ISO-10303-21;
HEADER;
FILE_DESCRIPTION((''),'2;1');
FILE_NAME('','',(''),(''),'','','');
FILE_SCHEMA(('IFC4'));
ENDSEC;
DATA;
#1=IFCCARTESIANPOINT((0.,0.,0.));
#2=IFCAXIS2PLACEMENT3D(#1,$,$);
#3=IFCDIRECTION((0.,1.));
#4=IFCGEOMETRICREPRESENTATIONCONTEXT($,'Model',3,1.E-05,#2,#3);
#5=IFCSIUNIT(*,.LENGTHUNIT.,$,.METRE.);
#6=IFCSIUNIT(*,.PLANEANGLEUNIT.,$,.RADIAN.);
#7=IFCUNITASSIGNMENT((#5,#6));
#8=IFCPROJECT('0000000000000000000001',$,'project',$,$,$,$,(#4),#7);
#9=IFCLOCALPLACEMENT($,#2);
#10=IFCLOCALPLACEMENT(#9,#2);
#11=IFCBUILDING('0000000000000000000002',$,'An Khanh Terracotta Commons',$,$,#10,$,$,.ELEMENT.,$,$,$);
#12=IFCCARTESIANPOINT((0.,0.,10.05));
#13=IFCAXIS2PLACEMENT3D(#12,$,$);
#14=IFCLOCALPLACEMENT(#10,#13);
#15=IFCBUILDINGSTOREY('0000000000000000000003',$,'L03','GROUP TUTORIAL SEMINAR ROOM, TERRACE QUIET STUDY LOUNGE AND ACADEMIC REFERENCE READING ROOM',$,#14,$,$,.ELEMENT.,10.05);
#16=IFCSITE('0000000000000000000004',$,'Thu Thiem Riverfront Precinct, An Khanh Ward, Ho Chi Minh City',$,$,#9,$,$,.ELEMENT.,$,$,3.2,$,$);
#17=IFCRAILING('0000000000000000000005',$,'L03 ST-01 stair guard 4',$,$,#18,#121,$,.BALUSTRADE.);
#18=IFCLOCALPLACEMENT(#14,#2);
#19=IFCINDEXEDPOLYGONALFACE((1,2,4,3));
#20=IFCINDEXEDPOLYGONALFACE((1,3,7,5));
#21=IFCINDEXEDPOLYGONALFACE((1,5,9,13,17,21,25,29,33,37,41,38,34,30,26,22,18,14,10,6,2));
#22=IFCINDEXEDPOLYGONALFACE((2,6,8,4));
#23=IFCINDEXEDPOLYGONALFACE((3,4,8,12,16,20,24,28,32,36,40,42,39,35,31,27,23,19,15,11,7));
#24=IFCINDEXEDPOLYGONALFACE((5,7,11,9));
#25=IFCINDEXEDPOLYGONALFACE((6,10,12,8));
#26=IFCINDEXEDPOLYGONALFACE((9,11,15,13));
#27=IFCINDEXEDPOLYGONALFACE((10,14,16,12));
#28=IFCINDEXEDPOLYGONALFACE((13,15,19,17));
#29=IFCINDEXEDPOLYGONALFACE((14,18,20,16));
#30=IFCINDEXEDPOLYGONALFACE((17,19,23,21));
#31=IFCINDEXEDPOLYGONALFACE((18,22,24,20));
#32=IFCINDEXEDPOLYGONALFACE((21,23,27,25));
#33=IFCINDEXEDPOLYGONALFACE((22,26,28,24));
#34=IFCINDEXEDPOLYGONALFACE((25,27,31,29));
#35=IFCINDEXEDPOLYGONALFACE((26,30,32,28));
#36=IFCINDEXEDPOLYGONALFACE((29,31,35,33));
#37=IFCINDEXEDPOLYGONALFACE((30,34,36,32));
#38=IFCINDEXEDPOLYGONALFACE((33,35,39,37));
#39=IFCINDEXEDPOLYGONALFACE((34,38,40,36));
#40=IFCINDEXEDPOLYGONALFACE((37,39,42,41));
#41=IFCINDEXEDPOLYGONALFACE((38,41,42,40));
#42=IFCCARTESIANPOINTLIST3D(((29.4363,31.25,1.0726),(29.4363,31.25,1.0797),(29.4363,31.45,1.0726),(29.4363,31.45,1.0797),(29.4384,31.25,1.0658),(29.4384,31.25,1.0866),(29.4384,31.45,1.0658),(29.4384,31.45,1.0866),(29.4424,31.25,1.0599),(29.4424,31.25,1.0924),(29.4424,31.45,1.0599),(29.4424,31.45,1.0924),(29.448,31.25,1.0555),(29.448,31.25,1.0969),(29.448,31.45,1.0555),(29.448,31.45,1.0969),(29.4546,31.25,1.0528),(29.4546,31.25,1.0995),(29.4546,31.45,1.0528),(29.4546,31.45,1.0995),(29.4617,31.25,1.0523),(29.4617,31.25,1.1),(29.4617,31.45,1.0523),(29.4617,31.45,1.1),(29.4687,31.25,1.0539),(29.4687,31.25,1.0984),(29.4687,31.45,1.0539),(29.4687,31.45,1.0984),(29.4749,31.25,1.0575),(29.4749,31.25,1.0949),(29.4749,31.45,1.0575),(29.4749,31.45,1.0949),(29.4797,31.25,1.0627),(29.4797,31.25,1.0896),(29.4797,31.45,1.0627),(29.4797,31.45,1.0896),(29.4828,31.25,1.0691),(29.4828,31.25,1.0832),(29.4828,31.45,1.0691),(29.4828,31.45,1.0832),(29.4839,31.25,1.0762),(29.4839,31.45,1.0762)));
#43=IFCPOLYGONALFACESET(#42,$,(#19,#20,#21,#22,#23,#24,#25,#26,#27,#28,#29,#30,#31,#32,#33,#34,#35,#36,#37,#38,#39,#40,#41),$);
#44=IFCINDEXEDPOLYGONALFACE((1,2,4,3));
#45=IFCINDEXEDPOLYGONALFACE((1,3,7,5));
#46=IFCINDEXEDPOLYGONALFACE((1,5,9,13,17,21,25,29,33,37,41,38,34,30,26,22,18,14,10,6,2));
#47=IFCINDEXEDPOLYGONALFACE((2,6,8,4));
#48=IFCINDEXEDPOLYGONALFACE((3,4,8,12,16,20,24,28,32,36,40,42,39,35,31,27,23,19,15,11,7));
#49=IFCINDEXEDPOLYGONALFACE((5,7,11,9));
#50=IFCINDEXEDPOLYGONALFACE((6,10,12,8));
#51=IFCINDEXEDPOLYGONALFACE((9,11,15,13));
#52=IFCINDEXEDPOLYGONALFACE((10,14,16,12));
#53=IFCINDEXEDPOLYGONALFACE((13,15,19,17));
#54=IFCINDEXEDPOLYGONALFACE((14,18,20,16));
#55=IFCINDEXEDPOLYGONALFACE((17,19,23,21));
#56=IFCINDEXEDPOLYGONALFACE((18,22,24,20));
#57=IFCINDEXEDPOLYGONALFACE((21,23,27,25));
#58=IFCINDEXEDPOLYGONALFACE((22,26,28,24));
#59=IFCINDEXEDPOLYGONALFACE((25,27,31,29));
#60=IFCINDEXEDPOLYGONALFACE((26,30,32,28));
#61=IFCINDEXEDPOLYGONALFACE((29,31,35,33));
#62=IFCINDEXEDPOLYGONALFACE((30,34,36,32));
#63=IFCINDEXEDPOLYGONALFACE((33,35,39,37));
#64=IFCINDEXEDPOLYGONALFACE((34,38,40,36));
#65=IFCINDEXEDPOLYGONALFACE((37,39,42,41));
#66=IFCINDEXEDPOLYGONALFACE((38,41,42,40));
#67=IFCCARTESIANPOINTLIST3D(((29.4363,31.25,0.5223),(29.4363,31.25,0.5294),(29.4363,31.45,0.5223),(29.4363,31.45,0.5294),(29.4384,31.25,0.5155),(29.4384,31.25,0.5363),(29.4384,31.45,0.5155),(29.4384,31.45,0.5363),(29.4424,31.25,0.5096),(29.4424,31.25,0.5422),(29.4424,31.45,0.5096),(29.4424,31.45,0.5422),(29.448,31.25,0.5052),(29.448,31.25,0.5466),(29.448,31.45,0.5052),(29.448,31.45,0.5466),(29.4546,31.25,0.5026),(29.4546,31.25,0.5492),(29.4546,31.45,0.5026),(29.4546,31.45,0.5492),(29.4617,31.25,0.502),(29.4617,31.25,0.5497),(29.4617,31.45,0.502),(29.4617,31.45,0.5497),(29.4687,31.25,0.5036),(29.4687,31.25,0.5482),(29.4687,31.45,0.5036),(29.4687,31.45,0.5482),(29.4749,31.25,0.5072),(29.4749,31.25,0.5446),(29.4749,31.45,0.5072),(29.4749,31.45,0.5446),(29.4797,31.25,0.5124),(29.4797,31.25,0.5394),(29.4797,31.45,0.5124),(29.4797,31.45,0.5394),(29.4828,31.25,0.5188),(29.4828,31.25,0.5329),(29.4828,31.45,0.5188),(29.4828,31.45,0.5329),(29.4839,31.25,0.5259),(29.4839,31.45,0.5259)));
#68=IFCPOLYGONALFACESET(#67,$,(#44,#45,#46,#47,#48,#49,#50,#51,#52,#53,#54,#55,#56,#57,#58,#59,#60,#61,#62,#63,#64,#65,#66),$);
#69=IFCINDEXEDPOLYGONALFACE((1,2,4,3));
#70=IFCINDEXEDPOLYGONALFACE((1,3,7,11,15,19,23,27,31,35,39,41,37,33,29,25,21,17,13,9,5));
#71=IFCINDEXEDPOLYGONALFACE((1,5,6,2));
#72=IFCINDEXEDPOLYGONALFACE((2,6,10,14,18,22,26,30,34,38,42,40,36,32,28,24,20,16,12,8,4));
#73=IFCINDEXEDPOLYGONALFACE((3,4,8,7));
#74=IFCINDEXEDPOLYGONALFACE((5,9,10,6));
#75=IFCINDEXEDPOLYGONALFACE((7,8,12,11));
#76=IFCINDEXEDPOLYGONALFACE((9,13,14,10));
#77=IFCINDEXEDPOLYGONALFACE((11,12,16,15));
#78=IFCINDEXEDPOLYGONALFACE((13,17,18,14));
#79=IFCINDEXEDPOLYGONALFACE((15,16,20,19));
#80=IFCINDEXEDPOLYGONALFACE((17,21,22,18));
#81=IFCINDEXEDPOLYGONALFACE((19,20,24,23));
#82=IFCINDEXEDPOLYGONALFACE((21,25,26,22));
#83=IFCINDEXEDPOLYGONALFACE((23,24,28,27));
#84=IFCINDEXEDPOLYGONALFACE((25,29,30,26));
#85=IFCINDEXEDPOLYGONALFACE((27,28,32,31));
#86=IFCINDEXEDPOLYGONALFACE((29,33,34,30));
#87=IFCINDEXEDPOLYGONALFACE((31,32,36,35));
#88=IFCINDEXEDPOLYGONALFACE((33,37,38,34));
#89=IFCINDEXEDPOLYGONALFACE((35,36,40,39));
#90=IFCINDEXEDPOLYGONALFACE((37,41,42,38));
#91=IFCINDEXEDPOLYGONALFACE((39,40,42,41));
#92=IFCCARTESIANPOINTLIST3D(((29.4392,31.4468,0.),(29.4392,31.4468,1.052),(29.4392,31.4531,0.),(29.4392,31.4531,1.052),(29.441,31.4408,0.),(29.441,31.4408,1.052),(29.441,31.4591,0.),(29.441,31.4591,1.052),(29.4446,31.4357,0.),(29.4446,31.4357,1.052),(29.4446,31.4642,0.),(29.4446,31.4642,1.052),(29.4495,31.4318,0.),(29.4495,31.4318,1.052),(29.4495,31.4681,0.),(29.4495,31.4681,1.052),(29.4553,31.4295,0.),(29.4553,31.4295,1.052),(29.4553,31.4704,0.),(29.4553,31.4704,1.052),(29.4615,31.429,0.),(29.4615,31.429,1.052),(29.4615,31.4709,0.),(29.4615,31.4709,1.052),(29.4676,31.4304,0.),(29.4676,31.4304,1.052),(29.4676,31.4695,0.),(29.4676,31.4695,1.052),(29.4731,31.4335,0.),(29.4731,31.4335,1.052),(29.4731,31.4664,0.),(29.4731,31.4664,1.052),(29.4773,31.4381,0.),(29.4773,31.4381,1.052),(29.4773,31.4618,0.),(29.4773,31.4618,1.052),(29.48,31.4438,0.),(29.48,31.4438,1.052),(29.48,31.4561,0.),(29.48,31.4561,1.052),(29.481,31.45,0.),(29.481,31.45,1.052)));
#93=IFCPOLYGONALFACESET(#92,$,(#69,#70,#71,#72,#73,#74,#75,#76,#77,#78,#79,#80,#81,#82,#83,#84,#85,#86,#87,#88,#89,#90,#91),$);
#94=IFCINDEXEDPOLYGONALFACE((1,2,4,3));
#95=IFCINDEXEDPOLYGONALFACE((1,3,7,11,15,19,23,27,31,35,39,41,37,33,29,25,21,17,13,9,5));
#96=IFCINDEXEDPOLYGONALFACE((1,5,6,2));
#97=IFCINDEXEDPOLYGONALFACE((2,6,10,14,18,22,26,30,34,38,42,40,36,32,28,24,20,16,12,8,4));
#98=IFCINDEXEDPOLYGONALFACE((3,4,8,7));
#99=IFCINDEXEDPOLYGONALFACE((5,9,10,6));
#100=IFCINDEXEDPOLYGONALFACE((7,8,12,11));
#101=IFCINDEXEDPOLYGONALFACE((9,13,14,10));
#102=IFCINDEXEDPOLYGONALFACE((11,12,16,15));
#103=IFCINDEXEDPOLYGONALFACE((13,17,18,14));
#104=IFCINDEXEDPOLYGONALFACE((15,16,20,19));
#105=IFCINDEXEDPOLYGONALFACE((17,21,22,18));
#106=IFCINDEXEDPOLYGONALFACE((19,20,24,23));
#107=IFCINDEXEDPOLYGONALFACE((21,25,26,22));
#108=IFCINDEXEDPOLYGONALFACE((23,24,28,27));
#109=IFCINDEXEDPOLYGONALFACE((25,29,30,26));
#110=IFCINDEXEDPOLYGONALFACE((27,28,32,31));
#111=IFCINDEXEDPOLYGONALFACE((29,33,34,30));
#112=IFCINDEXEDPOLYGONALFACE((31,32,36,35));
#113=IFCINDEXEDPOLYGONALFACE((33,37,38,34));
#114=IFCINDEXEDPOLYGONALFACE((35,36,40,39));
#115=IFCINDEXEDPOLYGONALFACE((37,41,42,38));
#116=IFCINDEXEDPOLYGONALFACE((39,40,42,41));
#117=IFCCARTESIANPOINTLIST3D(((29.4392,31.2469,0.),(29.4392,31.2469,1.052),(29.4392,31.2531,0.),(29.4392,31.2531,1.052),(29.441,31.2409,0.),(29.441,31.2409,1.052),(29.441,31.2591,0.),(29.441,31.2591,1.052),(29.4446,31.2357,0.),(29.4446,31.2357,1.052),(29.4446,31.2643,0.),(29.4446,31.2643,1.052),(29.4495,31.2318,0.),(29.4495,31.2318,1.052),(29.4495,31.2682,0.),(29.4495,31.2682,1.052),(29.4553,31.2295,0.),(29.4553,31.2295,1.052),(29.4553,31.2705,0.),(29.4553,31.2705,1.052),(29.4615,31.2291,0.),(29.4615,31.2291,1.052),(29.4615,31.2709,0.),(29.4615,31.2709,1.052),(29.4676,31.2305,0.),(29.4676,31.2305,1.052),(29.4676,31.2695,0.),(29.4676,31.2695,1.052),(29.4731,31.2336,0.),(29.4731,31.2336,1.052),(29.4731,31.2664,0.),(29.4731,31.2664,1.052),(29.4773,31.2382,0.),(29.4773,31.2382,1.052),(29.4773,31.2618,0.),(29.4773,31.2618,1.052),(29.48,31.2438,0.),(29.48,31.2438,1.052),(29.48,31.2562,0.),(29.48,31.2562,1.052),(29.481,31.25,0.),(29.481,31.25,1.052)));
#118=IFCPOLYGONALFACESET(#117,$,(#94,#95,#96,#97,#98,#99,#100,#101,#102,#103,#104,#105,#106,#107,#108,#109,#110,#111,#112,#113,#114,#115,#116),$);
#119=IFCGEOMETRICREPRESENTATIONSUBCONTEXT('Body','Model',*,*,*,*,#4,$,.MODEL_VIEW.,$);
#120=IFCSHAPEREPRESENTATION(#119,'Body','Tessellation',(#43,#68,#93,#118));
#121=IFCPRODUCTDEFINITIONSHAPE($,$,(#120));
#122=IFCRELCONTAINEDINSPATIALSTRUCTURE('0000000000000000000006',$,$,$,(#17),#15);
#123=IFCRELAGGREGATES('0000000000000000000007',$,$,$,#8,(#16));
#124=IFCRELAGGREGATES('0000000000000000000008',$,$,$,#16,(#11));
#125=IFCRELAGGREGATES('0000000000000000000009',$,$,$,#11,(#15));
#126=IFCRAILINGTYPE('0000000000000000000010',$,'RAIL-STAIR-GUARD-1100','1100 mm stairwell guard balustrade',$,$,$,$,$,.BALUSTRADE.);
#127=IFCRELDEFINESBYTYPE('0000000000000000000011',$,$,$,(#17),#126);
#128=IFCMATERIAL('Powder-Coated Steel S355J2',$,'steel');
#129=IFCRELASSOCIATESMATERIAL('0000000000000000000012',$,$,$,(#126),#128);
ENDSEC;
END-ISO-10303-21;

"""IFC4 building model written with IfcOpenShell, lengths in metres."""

from ifc_helpers import new_model, si_unit, direction, frame, origin, origin_2d, place, context, subcontext, project, spatial, circle, extrude, material, type_object, element, save


model = new_model("IFC4")

# Units and contexts
model_context = context("Model", 3, precision=1e-05, world=origin(), true_north=direction((0.0, 1.0)))
body_context = subcontext(model_context, "Body", "Model", "MODEL_VIEW")
ifc_project = project(units=[si_unit("LENGTHUNIT", "METRE"), si_unit("PLANEANGLEUNIT", "RADIAN")], contexts=[model_context])

# Site, building, storey
site_placement = place(None, origin())
site = spatial("IfcSite", under=ifc_project, at=site_placement, Name="Thu Thiem Riverfront Precinct, An Khanh Ward, Ho Chi Minh City", CompositionType="ELEMENT", RefElevation=3.2)
building_placement = place(site_placement, origin())
building = spatial("IfcBuilding", under=site, at=building_placement, Name="An Khanh Terracotta Commons", CompositionType="ELEMENT")
storey_placement = place(building_placement, frame((0.0, 0.0, 10.05)))
storey = spatial("IfcBuildingStorey", under=building, at=storey_placement, Name="L03", Description="GROUP TUTORIAL SEMINAR ROOM, TERRACE QUIET STUDY LOUNGE AND ACADEMIC REFERENCE READING ROOM", CompositionType="ELEMENT", Elevation=10.05)

# Railing
ifc_material_1 = material(Name="Powder-Coated Steel S355J2", Category="steel")
railing_type_1 = type_object("IfcRailingType", Name="RAIL-STAIR-GUARD-1100", Description="1100 mm stairwell guard balustrade", PredefinedType="BALUSTRADE", material=ifc_material_1)
railing_1_placement = place(storey_placement, frame((29.46, 31.45, 0.0)))
element("IfcRailing", 1, at=railing_1_placement, inside=storey, type_object=railing_type_1, Name="L03 ST-01 stair guard 4", PredefinedType="BALUSTRADE", context=body_context, shape_type="SweptSolid", body=[
    extrude(circle(Radius=0.0239, at=origin_2d()), frame((0.0, 0.0, 1.0762), z_axis=(0.0, -1.0, 0.0), x_axis=(1.0, 0.0, 0.0)), (0.0, 0.0, 1.0), 0.2),
    extrude(circle(Radius=0.0239, at=origin_2d()), frame((0.0, 0.0, 0.5259), z_axis=(0.0, -1.0, 0.0), x_axis=(1.0, 0.0, 0.0)), (0.0, 0.0, 1.0), 0.2),
    extrude(circle(Radius=0.021, at=origin_2d()), origin(), (0.0, 0.0, 1.0), 1.052),
    extrude(circle(Radius=0.021, at=origin_2d()), frame((0.0, -0.2, 0.0)), (0.0, 0.0, 1.0), 1.052),
])

save(model, "model.ifc")
